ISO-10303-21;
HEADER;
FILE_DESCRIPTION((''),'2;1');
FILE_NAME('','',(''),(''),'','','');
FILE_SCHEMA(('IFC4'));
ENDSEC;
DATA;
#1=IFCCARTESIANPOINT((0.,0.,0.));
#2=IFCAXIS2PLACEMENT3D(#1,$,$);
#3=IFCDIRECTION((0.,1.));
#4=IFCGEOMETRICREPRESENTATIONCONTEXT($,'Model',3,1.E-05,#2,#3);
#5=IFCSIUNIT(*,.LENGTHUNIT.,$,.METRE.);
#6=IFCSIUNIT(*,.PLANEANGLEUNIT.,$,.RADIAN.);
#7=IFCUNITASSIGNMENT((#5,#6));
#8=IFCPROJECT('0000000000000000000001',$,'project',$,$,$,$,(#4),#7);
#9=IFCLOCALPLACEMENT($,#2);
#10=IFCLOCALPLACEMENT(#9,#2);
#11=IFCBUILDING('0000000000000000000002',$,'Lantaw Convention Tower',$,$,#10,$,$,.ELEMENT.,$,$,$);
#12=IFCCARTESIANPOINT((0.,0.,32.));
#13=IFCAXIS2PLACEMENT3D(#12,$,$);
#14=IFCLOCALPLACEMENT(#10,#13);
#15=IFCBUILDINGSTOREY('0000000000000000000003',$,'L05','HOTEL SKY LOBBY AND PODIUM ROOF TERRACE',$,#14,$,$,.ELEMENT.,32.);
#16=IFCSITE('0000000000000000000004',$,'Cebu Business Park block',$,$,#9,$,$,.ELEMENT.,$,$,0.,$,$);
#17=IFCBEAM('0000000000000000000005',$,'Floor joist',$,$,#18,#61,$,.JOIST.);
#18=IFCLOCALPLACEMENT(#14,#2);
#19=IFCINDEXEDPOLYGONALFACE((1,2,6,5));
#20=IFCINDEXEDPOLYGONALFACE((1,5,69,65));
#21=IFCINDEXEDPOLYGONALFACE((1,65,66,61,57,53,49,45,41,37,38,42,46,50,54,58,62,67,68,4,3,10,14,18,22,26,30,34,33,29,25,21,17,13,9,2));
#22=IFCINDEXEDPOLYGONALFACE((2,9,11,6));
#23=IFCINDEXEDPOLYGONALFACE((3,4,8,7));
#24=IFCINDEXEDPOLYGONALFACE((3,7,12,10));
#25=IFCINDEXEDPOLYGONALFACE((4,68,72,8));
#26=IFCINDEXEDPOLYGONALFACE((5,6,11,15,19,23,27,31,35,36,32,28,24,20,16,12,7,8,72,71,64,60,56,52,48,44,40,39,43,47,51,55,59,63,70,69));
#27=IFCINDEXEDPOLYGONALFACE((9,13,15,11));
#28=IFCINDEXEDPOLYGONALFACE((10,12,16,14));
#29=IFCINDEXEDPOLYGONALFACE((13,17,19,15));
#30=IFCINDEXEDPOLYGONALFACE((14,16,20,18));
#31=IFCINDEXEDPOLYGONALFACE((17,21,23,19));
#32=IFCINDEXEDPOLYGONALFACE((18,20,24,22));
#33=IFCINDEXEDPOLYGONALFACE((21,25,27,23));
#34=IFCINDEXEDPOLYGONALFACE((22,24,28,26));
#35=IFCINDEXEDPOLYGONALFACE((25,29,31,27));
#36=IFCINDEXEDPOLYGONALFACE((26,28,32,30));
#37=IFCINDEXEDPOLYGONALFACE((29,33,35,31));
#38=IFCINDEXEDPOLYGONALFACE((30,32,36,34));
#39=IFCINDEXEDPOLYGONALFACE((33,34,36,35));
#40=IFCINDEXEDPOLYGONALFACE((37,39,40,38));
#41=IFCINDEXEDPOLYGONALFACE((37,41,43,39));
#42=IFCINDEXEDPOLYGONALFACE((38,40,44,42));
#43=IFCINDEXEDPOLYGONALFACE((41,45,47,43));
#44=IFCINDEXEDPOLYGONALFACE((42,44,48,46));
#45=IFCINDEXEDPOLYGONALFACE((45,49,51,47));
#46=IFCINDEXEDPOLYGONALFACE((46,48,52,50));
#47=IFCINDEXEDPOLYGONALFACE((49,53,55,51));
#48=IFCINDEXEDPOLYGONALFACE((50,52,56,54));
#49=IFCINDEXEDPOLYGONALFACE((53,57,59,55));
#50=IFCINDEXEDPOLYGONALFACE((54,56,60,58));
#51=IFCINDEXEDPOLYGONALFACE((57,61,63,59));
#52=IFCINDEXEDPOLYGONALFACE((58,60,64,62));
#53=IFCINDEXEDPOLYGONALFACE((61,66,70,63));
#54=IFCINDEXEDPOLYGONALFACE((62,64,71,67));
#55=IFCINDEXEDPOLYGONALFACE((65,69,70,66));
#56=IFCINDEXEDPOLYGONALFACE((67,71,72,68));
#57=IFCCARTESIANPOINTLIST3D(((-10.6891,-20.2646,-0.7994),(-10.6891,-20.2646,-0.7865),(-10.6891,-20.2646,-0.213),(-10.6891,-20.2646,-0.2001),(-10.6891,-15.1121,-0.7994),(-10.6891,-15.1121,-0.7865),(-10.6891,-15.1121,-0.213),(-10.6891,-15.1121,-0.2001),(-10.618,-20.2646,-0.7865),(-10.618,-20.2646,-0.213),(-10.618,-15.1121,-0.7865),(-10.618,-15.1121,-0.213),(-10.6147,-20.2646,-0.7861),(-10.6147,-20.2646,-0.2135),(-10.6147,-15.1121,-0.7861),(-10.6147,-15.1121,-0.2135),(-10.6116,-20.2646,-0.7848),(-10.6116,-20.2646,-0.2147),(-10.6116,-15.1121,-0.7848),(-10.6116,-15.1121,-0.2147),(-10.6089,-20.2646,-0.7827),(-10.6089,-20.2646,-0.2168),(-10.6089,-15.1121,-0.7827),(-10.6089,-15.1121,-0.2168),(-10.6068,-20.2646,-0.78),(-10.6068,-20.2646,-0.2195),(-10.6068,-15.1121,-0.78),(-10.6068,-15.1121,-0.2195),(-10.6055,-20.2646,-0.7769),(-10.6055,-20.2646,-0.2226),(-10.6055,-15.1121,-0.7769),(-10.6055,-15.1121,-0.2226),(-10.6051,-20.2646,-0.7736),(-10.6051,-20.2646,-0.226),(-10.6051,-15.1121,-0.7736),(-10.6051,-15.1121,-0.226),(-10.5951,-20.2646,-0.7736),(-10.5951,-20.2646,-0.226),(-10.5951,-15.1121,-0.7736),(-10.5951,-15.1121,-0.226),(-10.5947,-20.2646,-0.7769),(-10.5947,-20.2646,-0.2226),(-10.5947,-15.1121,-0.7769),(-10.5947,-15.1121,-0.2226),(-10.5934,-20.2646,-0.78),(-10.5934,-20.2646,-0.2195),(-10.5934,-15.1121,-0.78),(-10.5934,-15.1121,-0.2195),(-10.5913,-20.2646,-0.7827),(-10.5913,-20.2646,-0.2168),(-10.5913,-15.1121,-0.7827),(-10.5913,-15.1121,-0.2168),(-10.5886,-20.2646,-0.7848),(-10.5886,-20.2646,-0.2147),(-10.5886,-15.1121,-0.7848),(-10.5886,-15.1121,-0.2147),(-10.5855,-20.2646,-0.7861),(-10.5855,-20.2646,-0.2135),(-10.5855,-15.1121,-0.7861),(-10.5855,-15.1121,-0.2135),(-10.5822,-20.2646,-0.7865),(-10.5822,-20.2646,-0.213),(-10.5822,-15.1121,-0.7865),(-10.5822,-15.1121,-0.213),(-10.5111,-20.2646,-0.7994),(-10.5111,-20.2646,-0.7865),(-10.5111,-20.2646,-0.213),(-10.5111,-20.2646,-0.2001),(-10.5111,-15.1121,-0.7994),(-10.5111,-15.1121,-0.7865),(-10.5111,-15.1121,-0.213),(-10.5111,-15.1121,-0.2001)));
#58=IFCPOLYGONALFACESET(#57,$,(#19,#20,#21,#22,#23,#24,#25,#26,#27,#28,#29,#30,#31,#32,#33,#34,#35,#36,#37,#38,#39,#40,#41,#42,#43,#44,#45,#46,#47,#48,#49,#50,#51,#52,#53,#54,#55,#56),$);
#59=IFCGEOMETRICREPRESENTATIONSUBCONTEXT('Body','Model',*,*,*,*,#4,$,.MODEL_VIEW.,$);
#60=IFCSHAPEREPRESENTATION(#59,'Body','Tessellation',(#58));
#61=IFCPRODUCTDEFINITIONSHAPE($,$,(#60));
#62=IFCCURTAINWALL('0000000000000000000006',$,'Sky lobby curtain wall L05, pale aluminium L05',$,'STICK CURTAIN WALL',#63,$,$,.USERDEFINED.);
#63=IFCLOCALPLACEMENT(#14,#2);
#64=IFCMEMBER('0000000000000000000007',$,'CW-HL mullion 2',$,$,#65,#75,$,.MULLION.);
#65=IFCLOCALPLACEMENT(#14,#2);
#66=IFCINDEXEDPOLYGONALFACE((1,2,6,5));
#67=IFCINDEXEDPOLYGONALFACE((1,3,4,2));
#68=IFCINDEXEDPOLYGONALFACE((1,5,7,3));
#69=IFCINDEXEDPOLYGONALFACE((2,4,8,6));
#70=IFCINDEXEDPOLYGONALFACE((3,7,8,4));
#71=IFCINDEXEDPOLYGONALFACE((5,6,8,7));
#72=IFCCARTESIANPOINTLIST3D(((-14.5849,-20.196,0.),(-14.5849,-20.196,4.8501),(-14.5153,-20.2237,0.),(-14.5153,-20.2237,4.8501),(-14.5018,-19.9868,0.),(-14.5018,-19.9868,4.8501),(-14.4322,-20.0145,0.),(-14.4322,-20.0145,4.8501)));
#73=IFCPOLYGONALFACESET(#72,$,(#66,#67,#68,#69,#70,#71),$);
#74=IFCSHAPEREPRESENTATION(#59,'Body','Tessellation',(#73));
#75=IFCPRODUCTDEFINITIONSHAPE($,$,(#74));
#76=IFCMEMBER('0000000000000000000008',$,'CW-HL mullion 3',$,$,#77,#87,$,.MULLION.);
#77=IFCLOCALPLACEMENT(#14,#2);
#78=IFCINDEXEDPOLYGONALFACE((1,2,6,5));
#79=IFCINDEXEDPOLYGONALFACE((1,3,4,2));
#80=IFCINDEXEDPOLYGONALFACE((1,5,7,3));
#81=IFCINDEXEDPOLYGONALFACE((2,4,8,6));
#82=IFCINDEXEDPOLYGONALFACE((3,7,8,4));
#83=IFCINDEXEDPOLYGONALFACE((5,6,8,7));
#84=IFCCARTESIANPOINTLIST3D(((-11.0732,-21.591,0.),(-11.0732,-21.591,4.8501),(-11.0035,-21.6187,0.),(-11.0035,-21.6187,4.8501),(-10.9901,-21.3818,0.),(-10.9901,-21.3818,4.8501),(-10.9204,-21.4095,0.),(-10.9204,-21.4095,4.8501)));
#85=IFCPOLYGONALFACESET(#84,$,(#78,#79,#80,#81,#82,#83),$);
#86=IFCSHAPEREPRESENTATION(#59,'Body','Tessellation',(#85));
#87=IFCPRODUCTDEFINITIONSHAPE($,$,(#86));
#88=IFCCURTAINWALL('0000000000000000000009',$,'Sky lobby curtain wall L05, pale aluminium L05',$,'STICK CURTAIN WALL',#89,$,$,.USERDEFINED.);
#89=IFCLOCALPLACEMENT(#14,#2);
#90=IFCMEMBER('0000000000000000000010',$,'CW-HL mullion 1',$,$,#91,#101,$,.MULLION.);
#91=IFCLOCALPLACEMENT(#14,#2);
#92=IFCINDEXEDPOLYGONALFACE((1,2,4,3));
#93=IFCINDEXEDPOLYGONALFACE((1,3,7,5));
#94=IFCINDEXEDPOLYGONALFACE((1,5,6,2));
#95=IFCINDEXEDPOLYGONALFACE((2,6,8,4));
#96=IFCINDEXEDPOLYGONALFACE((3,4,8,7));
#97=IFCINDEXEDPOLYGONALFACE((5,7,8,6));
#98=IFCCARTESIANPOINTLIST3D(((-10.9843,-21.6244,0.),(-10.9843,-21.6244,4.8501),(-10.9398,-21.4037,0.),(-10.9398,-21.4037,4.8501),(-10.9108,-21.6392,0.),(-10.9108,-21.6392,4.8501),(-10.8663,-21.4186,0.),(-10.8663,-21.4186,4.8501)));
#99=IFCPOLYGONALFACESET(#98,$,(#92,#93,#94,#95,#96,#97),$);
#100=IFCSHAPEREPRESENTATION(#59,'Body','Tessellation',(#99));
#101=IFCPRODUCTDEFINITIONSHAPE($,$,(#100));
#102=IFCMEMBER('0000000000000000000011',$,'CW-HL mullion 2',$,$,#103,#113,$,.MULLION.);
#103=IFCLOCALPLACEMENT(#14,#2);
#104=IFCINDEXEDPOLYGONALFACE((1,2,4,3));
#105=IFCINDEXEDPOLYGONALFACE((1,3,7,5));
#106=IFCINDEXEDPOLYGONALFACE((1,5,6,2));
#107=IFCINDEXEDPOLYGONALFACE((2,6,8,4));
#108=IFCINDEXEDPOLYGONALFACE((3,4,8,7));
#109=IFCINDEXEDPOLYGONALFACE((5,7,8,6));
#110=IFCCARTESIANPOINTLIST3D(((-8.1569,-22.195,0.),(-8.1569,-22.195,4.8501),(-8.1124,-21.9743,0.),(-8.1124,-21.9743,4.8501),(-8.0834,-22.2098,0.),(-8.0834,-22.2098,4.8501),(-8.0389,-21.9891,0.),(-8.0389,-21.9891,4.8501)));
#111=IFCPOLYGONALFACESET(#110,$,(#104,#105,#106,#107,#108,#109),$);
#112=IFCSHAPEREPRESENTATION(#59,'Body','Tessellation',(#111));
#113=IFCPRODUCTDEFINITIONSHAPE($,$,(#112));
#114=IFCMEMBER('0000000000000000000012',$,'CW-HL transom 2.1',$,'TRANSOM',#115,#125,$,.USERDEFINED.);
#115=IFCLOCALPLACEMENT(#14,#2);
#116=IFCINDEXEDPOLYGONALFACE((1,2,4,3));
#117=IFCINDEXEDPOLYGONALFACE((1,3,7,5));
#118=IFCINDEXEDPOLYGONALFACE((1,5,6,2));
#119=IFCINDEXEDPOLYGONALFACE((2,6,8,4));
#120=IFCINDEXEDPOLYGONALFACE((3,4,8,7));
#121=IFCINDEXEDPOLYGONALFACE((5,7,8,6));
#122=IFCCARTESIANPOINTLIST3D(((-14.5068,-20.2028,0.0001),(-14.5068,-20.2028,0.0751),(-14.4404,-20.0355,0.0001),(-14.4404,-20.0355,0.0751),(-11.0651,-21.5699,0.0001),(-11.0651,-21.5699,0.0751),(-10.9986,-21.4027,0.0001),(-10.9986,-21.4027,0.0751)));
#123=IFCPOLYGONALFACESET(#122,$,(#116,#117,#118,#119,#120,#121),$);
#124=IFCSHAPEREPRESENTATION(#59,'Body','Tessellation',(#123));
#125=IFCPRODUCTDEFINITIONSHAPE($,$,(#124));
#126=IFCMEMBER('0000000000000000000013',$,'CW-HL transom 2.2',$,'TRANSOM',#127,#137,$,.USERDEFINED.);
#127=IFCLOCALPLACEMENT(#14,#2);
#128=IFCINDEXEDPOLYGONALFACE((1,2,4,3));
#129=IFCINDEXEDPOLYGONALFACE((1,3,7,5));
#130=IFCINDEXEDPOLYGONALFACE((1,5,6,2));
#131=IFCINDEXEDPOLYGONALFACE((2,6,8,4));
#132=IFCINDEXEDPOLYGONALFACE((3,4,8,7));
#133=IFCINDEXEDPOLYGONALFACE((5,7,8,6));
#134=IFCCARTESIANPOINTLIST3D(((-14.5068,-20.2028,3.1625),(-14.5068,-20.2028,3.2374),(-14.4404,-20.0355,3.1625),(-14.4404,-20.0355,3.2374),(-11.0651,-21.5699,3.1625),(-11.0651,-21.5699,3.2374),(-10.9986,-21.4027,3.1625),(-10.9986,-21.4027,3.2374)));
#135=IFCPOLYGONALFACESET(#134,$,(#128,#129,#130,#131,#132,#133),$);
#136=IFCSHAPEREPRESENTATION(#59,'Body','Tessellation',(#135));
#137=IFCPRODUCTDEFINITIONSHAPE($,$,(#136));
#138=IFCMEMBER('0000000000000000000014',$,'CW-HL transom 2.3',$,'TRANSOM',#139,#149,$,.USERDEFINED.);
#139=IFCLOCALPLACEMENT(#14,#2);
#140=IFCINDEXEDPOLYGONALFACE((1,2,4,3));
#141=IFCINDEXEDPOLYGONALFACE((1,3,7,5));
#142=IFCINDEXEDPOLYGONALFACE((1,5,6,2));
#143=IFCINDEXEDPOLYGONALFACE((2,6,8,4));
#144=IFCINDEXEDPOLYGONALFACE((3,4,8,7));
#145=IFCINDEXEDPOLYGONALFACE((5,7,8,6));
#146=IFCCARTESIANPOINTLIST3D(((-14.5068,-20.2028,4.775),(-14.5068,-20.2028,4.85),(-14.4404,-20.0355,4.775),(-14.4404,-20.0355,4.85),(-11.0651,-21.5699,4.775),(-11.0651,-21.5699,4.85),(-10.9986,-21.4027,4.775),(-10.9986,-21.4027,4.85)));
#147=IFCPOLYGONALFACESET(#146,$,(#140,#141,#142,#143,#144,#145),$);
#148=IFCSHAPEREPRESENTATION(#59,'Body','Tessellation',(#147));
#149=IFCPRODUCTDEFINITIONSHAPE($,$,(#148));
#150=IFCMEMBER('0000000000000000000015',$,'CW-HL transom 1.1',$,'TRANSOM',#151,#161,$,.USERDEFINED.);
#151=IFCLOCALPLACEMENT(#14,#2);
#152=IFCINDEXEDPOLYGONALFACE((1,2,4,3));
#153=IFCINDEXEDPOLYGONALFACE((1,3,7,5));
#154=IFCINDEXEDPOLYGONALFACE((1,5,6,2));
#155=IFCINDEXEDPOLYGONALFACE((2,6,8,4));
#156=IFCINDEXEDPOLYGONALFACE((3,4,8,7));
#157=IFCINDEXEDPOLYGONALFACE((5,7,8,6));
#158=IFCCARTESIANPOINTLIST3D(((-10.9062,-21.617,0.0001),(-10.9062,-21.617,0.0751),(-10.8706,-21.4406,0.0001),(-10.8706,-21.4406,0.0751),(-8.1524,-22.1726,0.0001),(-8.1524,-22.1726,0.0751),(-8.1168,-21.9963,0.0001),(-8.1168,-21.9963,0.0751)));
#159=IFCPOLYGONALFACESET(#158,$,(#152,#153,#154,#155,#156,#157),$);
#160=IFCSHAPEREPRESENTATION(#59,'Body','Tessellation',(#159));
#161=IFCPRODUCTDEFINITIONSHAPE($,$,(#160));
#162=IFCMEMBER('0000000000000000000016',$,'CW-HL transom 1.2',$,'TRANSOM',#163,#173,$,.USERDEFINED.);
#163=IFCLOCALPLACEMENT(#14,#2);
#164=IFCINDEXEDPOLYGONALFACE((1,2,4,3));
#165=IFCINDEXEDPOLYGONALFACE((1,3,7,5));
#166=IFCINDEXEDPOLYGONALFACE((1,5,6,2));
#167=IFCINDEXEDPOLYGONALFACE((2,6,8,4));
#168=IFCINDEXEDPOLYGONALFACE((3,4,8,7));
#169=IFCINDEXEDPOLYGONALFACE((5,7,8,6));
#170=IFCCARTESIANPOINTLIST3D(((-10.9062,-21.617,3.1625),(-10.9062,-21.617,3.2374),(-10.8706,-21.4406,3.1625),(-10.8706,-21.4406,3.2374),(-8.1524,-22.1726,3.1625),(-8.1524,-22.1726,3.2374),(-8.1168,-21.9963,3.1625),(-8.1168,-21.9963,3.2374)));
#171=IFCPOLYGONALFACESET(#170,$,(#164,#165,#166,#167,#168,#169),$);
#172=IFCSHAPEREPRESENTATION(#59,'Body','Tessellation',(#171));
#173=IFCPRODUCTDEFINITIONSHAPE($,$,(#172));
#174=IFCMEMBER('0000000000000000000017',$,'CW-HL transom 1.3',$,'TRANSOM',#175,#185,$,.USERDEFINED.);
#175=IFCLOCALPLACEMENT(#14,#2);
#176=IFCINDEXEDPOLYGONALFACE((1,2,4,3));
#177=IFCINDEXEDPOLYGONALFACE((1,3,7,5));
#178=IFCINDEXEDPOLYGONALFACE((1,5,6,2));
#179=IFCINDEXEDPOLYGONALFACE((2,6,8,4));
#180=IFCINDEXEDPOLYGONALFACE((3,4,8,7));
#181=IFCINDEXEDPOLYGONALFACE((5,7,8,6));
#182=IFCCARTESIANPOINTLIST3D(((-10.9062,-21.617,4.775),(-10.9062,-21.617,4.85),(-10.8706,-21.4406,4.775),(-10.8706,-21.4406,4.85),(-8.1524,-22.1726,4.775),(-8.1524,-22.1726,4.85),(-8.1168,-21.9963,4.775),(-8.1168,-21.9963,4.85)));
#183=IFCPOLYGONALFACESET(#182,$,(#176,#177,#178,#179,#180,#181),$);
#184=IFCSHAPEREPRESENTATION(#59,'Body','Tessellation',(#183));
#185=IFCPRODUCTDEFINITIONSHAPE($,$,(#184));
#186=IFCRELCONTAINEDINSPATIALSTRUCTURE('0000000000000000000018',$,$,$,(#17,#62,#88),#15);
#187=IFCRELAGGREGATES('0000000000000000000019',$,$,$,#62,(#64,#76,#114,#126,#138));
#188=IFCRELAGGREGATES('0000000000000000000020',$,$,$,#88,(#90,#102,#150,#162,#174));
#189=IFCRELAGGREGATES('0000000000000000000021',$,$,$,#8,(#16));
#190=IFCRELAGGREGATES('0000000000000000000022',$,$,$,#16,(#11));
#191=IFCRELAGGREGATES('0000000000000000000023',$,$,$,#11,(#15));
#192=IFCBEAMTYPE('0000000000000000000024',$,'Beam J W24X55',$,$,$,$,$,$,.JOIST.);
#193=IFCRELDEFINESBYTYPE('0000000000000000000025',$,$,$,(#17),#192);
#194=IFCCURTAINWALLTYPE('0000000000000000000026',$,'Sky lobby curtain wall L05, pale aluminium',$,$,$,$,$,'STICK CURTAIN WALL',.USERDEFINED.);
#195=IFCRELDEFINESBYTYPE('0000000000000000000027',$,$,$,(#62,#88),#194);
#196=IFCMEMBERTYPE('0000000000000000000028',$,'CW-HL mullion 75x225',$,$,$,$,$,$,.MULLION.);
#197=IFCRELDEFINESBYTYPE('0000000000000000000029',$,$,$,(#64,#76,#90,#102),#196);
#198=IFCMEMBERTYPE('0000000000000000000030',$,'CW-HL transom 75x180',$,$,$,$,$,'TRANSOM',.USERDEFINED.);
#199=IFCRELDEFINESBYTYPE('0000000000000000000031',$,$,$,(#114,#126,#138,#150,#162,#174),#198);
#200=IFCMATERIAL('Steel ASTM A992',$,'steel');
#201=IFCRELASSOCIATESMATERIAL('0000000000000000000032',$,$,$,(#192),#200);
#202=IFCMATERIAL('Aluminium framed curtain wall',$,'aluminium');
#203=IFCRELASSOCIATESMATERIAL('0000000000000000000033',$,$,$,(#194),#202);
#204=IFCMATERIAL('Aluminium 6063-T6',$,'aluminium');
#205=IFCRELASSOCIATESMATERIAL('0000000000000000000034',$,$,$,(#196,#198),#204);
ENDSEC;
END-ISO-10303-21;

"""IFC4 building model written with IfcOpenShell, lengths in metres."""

from ifc_helpers import new_model, si_unit, direction, frame, origin, origin_2d, place, context, subcontext, project, spatial, rectangle, i_section, extrude, material, material_profile, profile_set, type_object, element, aggregate, save


model = new_model("IFC4")

# Units and contexts
model_context = context("Model", 3, precision=1e-05, world=origin(), true_north=direction((0.0, 1.0)))
body_context = subcontext(model_context, "Body", "Model", "MODEL_VIEW")
ifc_project = project(units=[si_unit("LENGTHUNIT", "METRE"), si_unit("PLANEANGLEUNIT", "RADIAN")], contexts=[model_context])

# Site, building, storey
site_placement = place(None, origin())
site = spatial("IfcSite", under=ifc_project, at=site_placement, Name="Cebu Business Park block", CompositionType="ELEMENT", RefElevation=0.0)
building_placement = place(site_placement, origin())
building = spatial("IfcBuilding", under=site, at=building_placement, Name="Lantaw Convention Tower", CompositionType="ELEMENT")
storey_placement = place(building_placement, frame((0.0, 0.0, 32.0)))
storey = spatial("IfcBuildingStorey", under=building, at=storey_placement, Name="L05", Description="HOTEL SKY LOBBY AND PODIUM ROOF TERRACE", CompositionType="ELEMENT", Elevation=32.0)

# Beam
ifc_material_1 = material(Name="Steel ASTM A992", Category="steel")
ifc_material_profile_1 = material_profile(ifc_material_1, i_section(OverallWidth=0.178, OverallDepth=0.5994, WebThickness=0.01, FlangeThickness=0.0129, FilletRadius=0.0129, at=origin_2d()), Name="W24X55")
ifc_profile_set_1 = profile_set([ifc_material_profile_1], Name="Steel ASTM A992")
beam_type_1 = type_object("IfcBeamType", Name="Beam J W24X55", PredefinedType="JOIST", material=ifc_profile_set_1)
beam_1_placement = place(storey_placement, frame((-10.6001, -20.2646, -0.4998), z_axis=(0.0, 1.0, 0.0), x_axis=(-1.0, 0.0, 0.0)))
element("IfcBeam", 1, at=beam_1_placement, inside=storey, type_object=beam_type_1, Name="Floor joist", PredefinedType="JOIST", context=body_context, shape_type="SweptSolid", body=[
    extrude(i_section(OverallWidth=0.178, OverallDepth=0.5994, WebThickness=0.01, FlangeThickness=0.0129, FilletRadius=0.0129, at=origin_2d()), origin(), (0.0, 0.0, 1.0), 5.1526),
])

# Curtain walls, members
ifc_material_2 = material(Name="Aluminium framed curtain wall", Category="aluminium")
curtain_wall_type = type_object("IfcCurtainWallType", Name="Sky lobby curtain wall L05, pale aluminium", ElementType="STICK CURTAIN WALL", PredefinedType="USERDEFINED", material=ifc_material_2)
curtain_wall_1_placement = place(storey_placement, origin())
curtain_wall_1 = element("IfcCurtainWall", 2, at=curtain_wall_1_placement, inside=storey, type_object=curtain_wall_type, Name="Sky lobby curtain wall L05, pale aluminium L05", ObjectType="STICK CURTAIN WALL", PredefinedType="USERDEFINED")
ifc_material_3 = material(Name="Aluminium 6063-T6", Category="aluminium")
ifc_material_profile_2 = material_profile(ifc_material_3, rectangle(XDim=0.2251, YDim=0.075, at=origin_2d()), Name="CW-HL mullion 75x225")
ifc_profile_set_2 = profile_set([ifc_material_profile_2], Name="Aluminium 6063-T6")
member_type_1 = type_object("IfcMemberType", Name="CW-HL mullion 75x225", PredefinedType="MULLION", material=ifc_profile_set_2)
member_1_placement = place(storey_placement, frame((-14.5085, -20.1052, 0.0), z_axis=(0.0, 0.0, 1.0), x_axis=(0.369172, 0.929361, 0.0)))
member_1 = element("IfcMember", 3, at=member_1_placement, type_object=member_type_1, Name="CW-HL mullion 2", PredefinedType="MULLION", context=body_context, shape_type="SweptSolid", body=[
    extrude(rectangle(XDim=0.2251, YDim=0.075, at=origin_2d()), origin(), (0.0, 0.0, 1.0), 4.8501),
])
member_2_placement = place(storey_placement, frame((-10.9968, -21.5002, 0.0), z_axis=(0.0, 0.0, 1.0), x_axis=(0.369172, 0.929361, 0.0)))
member_2 = element("IfcMember", 4, at=member_2_placement, type_object=member_type_1, Name="CW-HL mullion 3", PredefinedType="MULLION", context=body_context, shape_type="SweptSolid", body=[
    extrude(rectangle(XDim=0.2251, YDim=0.075, at=origin_2d()), origin(), (0.0, 0.0, 1.0), 4.8501),
])
curtain_wall_2_placement = place(storey_placement, origin())
curtain_wall_2 = element("IfcCurtainWall", 5, at=curtain_wall_2_placement, inside=storey, type_object=curtain_wall_type, Name="Sky lobby curtain wall L05, pale aluminium L05", ObjectType="STICK CURTAIN WALL", PredefinedType="USERDEFINED")
member_3_placement = place(storey_placement, frame((-10.9253, -21.5215, 0.0), z_axis=(0.0, 0.0, 1.0), x_axis=(0.197789, 0.980245, 0.0)))
member_3 = element("IfcMember", 6, at=member_3_placement, type_object=member_type_1, Name="CW-HL mullion 1", PredefinedType="MULLION", context=body_context, shape_type="SweptSolid", body=[
    extrude(rectangle(XDim=0.2251, YDim=0.075, at=origin_2d()), origin(), (0.0, 0.0, 1.0), 4.8501),
])
member_4_placement = place(storey_placement, frame((-8.0979, -22.092, 0.0), z_axis=(0.0, 0.0, 1.0), x_axis=(0.197789, 0.980245, 0.0)))
member_4 = element("IfcMember", 7, at=member_4_placement, type_object=member_type_1, Name="CW-HL mullion 2", PredefinedType="MULLION", context=body_context, shape_type="SweptSolid", body=[
    extrude(rectangle(XDim=0.2251, YDim=0.075, at=origin_2d()), origin(), (0.0, 0.0, 1.0), 4.8501),
])

# Members
ifc_material_profile_3 = material_profile(ifc_material_3, rectangle(XDim=0.1799, YDim=0.075, at=origin_2d()), Name="CW-HL transom 75x180")
ifc_profile_set_3 = profile_set([ifc_material_profile_3], Name="Aluminium 6063-T6")
member_type_2 = type_object("IfcMemberType", Name="CW-HL transom 75x180", ElementType="TRANSOM", PredefinedType="USERDEFINED", material=ifc_profile_set_3)
member_5_placement = place(storey_placement, frame((-14.4736, -20.1191, 0.0376), z_axis=(0.929365, -0.369162, 0.0), x_axis=(0.369162, 0.929365, 0.0)))
member_5 = element("IfcMember", 8, at=member_5_placement, type_object=member_type_2, Name="CW-HL transom 2.1", ObjectType="TRANSOM", PredefinedType="USERDEFINED", context=body_context, shape_type="SweptSolid", body=[
    extrude(rectangle(XDim=0.1799, YDim=0.075, at=origin_2d()), origin(), (0.0, 0.0, 1.0), 3.7034),
])
member_6_placement = place(storey_placement, frame((-14.4736, -20.1191, 3.2), z_axis=(0.929365, -0.369162, 0.0), x_axis=(0.369162, 0.929365, 0.0)))
member_6 = element("IfcMember", 9, at=member_6_placement, type_object=member_type_2, Name="CW-HL transom 2.2", ObjectType="TRANSOM", PredefinedType="USERDEFINED", context=body_context, shape_type="SweptSolid", body=[
    extrude(rectangle(XDim=0.1799, YDim=0.075, at=origin_2d()), origin(), (0.0, 0.0, 1.0), 3.7034),
])
member_7_placement = place(storey_placement, frame((-14.4736, -20.1191, 4.8125), z_axis=(0.929365, -0.369162, 0.0), x_axis=(0.369162, 0.929365, 0.0)))
member_7 = element("IfcMember", 10, at=member_7_placement, type_object=member_type_2, Name="CW-HL transom 2.3", ObjectType="TRANSOM", PredefinedType="USERDEFINED", context=body_context, shape_type="SweptSolid", body=[
    extrude(rectangle(XDim=0.1799, YDim=0.075, at=origin_2d()), origin(), (0.0, 0.0, 1.0), 3.7034),
])
member_8_placement = place(storey_placement, frame((-10.8884, -21.5288, 0.0376), z_axis=(0.980245, -0.197787, 0.0), x_axis=(0.197787, 0.980245, 0.0)))
member_8 = element("IfcMember", 11, at=member_8_placement, type_object=member_type_2, Name="CW-HL transom 1.1", ObjectType="TRANSOM", PredefinedType="USERDEFINED", context=body_context, shape_type="SweptSolid", body=[
    extrude(rectangle(XDim=0.1799, YDim=0.075, at=origin_2d()), origin(), (0.0, 0.0, 1.0), 2.8093),
])
member_9_placement = place(storey_placement, frame((-10.8884, -21.5288, 3.2), z_axis=(0.980245, -0.197787, 0.0), x_axis=(0.197787, 0.980245, 0.0)))
member_9 = element("IfcMember", 12, at=member_9_placement, type_object=member_type_2, Name="CW-HL transom 1.2", ObjectType="TRANSOM", PredefinedType="USERDEFINED", context=body_context, shape_type="SweptSolid", body=[
    extrude(rectangle(XDim=0.1799, YDim=0.075, at=origin_2d()), origin(), (0.0, 0.0, 1.0), 2.8093),
])
member_10_placement = place(storey_placement, frame((-10.8884, -21.5288, 4.8125), z_axis=(0.980245, -0.197787, 0.0), x_axis=(0.197787, 0.980245, 0.0)))
member_10 = element("IfcMember", 13, at=member_10_placement, type_object=member_type_2, Name="CW-HL transom 1.3", ObjectType="TRANSOM", PredefinedType="USERDEFINED", context=body_context, shape_type="SweptSolid", body=[
    extrude(rectangle(XDim=0.1799, YDim=0.075, at=origin_2d()), origin(), (0.0, 0.0, 1.0), 2.8093),
])

aggregate(curtain_wall_1, [member_1, member_2, member_5, member_6, member_7])
aggregate(curtain_wall_2, [member_3, member_4, member_8, member_9, member_10])

save(model, "model.ifc")
